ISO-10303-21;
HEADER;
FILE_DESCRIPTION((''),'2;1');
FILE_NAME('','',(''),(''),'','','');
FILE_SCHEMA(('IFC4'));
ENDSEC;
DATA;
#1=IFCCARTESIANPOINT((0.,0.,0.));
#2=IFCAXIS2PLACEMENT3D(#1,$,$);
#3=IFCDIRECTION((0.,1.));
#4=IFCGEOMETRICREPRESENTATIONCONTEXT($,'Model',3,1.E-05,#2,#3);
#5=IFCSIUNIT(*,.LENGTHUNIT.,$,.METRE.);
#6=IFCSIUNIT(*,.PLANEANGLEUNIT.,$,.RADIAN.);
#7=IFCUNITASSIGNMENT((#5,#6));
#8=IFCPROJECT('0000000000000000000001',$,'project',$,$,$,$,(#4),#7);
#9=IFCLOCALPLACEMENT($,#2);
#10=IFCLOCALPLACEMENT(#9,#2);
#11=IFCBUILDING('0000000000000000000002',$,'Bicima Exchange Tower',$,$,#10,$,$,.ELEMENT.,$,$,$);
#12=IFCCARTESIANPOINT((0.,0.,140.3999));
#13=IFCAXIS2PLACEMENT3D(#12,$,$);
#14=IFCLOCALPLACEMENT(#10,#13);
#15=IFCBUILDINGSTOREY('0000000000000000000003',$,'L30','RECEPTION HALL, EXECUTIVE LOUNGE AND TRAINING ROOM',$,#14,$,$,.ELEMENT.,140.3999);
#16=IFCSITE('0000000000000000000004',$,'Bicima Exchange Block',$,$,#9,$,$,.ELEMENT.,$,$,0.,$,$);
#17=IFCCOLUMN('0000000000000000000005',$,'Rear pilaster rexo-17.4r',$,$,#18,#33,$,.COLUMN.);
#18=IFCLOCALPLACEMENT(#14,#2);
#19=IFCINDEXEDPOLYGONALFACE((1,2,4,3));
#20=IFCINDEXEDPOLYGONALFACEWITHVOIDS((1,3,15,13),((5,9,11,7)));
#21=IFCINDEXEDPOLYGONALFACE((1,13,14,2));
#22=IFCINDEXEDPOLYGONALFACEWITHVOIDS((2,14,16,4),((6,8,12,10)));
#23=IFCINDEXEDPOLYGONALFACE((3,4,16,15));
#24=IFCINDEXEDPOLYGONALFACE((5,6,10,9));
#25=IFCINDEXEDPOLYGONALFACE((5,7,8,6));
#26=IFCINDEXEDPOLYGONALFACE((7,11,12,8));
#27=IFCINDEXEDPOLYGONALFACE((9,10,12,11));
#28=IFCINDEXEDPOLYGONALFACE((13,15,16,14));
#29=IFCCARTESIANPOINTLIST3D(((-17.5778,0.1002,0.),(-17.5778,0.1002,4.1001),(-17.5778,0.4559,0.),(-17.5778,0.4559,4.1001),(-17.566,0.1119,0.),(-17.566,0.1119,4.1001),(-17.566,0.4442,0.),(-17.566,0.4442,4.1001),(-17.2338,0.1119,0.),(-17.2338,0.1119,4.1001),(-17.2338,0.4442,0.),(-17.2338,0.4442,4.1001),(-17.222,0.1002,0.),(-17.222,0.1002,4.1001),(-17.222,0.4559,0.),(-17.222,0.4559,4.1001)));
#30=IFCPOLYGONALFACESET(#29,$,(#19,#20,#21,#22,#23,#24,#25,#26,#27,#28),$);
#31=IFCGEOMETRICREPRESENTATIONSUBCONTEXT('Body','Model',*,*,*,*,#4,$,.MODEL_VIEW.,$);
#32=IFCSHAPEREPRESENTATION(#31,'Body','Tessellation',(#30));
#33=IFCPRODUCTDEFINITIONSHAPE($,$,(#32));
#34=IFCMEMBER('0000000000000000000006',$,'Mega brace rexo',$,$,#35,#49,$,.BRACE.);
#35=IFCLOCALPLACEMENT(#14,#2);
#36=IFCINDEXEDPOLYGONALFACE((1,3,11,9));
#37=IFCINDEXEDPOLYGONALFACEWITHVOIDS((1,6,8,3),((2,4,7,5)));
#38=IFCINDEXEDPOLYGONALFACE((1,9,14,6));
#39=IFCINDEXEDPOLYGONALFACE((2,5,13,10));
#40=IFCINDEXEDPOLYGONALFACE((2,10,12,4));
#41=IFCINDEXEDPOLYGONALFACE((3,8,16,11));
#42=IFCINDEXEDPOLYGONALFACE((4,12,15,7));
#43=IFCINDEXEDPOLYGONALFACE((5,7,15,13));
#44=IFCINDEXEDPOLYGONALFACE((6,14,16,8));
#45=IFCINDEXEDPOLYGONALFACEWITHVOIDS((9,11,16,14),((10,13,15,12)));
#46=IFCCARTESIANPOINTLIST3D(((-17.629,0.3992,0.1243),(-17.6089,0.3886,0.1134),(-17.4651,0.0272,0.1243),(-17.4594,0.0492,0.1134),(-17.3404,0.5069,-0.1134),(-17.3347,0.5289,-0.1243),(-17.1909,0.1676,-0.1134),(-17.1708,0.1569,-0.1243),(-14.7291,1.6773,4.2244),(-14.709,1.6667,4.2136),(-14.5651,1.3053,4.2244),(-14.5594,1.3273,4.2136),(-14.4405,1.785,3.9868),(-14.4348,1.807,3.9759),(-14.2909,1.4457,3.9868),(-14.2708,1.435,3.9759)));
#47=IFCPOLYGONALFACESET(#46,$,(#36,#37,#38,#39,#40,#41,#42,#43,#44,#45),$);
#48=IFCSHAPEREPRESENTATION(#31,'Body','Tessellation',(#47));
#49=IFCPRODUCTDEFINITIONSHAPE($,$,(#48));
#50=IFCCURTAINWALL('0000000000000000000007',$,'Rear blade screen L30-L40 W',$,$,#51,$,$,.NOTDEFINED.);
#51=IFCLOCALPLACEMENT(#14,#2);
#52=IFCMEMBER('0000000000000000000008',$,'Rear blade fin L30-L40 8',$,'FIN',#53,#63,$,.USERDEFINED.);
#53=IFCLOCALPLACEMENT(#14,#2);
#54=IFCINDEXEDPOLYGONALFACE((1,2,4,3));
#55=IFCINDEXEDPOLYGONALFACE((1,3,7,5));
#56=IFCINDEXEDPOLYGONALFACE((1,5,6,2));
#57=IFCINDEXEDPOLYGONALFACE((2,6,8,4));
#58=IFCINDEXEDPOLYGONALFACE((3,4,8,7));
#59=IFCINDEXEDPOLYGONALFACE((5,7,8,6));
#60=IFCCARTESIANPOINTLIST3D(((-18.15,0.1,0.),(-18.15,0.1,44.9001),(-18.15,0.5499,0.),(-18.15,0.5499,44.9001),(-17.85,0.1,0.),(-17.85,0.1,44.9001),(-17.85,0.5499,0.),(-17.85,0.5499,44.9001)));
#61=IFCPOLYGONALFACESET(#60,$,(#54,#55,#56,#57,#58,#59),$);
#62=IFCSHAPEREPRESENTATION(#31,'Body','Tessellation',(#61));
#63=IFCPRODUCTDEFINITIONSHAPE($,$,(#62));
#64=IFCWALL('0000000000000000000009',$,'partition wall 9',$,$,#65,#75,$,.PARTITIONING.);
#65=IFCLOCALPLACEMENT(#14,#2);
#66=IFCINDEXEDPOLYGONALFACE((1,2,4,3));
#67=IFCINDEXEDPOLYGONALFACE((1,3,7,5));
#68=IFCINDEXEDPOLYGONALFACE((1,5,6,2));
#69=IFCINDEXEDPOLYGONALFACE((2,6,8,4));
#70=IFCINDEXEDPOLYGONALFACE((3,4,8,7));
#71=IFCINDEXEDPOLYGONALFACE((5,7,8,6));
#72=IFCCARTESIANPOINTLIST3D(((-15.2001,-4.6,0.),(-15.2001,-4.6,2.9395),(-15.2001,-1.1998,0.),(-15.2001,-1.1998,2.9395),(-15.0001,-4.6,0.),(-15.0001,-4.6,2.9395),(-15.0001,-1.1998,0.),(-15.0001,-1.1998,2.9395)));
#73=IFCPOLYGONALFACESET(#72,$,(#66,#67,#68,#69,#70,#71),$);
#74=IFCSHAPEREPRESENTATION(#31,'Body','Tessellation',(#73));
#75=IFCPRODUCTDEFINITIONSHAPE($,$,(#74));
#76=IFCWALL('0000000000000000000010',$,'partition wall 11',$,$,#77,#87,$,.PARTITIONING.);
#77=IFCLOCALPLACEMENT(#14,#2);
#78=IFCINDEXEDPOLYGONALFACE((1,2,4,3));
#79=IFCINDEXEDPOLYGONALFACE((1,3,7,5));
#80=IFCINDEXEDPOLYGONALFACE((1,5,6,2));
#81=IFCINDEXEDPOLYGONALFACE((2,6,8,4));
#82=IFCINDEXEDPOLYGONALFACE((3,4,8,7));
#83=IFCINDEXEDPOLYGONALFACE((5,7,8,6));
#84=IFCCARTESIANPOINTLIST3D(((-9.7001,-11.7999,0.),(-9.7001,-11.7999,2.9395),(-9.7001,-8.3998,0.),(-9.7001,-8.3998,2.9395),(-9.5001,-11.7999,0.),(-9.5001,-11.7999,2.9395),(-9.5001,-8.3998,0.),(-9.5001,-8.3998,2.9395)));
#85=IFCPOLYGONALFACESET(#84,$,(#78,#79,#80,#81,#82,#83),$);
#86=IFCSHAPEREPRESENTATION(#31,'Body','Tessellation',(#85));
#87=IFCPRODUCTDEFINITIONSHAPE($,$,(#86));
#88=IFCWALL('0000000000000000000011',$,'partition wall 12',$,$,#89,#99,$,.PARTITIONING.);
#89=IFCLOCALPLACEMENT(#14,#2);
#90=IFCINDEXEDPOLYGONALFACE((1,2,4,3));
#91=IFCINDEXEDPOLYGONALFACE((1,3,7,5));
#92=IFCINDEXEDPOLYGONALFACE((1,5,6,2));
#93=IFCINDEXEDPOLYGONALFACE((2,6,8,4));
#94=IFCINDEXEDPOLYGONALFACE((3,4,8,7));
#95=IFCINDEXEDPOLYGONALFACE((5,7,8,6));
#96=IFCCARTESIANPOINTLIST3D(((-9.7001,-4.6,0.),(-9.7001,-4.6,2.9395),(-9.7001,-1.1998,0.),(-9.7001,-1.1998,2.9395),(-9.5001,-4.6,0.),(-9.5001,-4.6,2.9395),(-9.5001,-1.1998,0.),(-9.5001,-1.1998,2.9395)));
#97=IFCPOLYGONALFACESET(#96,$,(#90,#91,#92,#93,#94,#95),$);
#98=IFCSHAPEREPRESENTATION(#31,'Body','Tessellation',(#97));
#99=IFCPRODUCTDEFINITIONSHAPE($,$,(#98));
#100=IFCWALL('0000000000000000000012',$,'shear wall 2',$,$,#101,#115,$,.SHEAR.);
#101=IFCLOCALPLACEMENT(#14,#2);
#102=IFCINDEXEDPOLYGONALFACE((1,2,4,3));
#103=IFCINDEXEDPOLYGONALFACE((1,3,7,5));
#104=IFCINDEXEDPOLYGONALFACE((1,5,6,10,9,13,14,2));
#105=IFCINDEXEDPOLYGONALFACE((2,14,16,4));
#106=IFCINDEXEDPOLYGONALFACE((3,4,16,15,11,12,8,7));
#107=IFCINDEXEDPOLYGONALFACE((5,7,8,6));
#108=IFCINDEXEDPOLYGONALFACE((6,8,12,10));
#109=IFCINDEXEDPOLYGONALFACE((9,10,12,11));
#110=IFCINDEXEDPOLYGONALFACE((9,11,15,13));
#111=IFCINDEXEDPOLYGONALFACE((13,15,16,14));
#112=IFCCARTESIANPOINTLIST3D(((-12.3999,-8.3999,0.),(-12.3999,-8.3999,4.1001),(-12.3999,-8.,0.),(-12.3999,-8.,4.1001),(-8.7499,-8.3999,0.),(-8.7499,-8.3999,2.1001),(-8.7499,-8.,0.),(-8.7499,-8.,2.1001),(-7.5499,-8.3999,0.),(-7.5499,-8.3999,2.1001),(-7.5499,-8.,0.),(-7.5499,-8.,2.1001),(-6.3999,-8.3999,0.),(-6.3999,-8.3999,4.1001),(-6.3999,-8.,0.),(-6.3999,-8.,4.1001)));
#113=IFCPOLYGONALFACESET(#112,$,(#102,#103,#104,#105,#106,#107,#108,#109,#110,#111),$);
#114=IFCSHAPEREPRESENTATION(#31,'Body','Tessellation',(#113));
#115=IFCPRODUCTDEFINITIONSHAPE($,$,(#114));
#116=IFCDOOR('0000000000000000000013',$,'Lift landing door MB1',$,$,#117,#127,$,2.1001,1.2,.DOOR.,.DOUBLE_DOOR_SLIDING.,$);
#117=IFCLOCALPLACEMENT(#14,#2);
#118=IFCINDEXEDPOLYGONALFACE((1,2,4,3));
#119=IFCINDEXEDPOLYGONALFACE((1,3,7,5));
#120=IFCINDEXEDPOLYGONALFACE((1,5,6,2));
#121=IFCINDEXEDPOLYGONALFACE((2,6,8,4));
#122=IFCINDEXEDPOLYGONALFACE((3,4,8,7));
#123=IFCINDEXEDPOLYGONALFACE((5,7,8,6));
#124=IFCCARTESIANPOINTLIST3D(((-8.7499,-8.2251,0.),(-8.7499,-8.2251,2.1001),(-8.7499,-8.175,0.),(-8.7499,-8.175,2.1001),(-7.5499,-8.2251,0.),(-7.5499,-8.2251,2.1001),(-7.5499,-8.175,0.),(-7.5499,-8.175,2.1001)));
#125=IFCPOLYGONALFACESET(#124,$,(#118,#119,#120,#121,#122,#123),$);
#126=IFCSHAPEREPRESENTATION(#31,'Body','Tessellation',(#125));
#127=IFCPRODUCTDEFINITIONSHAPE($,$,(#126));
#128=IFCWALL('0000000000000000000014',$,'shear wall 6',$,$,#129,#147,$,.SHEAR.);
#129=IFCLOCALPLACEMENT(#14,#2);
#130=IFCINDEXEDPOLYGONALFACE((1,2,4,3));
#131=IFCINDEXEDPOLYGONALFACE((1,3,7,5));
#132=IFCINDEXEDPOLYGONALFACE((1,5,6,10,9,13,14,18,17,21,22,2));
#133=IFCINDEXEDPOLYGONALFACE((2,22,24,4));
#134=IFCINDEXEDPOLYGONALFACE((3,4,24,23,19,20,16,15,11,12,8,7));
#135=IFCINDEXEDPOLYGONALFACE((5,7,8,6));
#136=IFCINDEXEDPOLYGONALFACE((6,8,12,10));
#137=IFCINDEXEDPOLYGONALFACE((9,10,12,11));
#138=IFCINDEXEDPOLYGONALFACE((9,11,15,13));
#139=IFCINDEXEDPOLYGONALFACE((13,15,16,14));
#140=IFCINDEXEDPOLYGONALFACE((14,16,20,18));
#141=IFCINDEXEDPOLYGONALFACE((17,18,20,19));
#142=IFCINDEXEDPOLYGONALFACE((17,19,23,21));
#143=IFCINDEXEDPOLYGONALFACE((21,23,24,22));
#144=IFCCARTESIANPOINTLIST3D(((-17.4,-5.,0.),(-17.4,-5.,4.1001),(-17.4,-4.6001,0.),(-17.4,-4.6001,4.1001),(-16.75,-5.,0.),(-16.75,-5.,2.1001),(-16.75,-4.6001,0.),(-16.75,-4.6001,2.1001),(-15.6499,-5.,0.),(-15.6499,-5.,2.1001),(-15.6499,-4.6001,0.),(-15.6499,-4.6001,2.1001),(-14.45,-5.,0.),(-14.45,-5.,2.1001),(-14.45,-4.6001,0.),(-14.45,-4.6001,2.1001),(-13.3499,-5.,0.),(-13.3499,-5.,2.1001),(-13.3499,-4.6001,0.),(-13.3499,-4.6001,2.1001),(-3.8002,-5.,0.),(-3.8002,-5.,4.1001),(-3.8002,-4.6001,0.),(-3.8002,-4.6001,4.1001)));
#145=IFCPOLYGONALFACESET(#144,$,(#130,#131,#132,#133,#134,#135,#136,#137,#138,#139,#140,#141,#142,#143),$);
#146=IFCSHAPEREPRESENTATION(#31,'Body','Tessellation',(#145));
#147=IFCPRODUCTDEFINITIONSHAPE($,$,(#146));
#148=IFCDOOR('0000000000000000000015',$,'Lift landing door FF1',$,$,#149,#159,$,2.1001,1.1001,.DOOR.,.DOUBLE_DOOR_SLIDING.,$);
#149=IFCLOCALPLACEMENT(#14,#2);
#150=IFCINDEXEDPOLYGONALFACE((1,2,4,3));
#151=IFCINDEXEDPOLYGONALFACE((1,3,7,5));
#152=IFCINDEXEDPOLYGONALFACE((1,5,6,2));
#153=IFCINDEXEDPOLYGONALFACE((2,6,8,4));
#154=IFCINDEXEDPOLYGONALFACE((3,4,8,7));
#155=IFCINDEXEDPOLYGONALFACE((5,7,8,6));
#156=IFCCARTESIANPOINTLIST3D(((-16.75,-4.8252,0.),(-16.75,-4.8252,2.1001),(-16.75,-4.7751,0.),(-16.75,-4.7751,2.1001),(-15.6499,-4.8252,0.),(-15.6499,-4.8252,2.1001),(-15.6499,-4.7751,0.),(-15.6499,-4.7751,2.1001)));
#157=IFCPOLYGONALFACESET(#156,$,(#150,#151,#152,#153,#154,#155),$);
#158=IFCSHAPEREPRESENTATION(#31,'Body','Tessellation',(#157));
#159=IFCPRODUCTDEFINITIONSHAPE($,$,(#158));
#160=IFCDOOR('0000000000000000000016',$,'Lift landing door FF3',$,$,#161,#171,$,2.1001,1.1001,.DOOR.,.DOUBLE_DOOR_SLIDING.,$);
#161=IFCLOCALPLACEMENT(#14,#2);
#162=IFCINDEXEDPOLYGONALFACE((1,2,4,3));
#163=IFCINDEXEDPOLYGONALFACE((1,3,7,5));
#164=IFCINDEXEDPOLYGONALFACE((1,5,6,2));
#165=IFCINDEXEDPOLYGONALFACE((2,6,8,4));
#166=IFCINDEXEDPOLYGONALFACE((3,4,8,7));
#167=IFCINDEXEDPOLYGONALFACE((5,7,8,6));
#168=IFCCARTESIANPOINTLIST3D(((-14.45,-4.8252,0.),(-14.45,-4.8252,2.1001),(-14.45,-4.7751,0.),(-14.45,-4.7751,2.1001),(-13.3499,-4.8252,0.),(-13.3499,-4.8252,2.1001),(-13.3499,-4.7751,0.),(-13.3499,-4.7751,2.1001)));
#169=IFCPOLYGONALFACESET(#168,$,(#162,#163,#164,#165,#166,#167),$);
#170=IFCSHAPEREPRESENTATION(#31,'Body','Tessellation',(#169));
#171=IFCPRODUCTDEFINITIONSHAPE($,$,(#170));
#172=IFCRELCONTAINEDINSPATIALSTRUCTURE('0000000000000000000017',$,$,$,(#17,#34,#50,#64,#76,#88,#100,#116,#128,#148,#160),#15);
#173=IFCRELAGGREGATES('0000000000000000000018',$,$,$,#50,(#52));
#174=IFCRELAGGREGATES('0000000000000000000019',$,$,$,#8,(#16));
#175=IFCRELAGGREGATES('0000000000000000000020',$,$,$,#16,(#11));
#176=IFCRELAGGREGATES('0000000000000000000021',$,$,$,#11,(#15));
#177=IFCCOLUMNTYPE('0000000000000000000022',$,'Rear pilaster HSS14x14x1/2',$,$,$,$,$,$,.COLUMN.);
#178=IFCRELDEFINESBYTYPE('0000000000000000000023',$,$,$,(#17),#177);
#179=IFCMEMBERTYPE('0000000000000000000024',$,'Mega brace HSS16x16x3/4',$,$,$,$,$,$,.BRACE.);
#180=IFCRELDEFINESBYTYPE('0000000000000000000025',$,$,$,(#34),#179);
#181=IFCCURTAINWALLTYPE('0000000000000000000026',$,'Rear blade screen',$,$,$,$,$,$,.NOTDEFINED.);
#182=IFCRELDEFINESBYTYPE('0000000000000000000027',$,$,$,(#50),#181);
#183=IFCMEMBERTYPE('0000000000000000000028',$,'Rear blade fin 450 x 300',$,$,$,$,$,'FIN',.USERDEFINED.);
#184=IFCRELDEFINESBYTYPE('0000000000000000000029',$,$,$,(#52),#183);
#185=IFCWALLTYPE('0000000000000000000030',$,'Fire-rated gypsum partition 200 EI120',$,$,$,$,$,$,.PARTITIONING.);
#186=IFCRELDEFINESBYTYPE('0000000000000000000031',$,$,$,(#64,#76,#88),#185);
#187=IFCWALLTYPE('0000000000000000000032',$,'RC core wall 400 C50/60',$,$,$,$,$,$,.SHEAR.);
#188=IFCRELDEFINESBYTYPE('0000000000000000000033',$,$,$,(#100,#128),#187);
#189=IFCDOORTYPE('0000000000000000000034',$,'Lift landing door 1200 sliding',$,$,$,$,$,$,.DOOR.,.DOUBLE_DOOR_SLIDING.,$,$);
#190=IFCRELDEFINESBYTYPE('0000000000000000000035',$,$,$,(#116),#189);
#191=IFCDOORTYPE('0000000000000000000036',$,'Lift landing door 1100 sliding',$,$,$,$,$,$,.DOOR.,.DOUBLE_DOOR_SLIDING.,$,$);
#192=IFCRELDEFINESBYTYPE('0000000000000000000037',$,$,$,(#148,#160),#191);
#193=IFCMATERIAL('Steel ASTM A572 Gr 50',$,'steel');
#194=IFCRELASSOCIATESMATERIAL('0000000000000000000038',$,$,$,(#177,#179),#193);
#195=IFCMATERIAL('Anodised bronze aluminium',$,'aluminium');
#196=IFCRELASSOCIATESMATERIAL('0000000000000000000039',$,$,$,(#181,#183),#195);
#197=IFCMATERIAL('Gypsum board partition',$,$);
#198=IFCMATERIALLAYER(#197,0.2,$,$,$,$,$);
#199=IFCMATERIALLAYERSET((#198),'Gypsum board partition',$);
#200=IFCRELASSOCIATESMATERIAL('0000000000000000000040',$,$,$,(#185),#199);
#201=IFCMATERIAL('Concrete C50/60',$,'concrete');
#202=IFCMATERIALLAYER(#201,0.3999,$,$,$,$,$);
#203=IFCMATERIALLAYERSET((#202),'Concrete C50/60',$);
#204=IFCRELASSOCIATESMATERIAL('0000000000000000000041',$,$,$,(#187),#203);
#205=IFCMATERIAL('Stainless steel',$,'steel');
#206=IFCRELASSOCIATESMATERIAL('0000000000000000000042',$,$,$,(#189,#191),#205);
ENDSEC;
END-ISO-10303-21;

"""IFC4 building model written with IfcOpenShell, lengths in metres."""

from ifc_helpers import new_model, si_unit, direction, frame, frame_2d, origin, origin_2d, place, context, subcontext, project, spatial, rectangle, hollow_rectangle, extrude, material, layer, layer_set, material_profile, profile_set, type_object, element, fill, aggregate, save


model = new_model("IFC4")

# Units and contexts
model_context = context("Model", 3, precision=1e-05, world=origin(), true_north=direction((0.0, 1.0)))
body_context = subcontext(model_context, "Body", "Model", "MODEL_VIEW")
ifc_project = project(units=[si_unit("LENGTHUNIT", "METRE"), si_unit("PLANEANGLEUNIT", "RADIAN")], contexts=[model_context])

# Site, building, storey
site_placement = place(None, origin())
site = spatial("IfcSite", under=ifc_project, at=site_placement, Name="Bicima Exchange Block", CompositionType="ELEMENT", RefElevation=0.0)
building_placement = place(site_placement, origin())
building = spatial("IfcBuilding", under=site, at=building_placement, Name="Bicima Exchange Tower", CompositionType="ELEMENT")
storey_placement = place(building_placement, frame((0.0, 0.0, 140.3999)))
storey = spatial("IfcBuildingStorey", under=building, at=storey_placement, Name="L30", Description="RECEPTION HALL, EXECUTIVE LOUNGE AND TRAINING ROOM", CompositionType="ELEMENT", Elevation=140.3999)

# Column
ifc_material_1 = material(Name="Steel ASTM A572 Gr 50", Category="steel")
ifc_material_profile_1 = material_profile(ifc_material_1, hollow_rectangle(XDim=0.3557, YDim=0.3557, WallThickness=0.0117, at=origin_2d()))
ifc_profile_set_1 = profile_set([ifc_material_profile_1], Name="Steel ASTM A572 Gr 50")
column_type = type_object("IfcColumnType", Name="Rear pilaster HSS14x14x1/2", PredefinedType="COLUMN", material=ifc_profile_set_1)
column_placement = place(storey_placement, frame((-17.3999, 0.2781, 0.0), z_axis=(0.0, 0.0, 1.0), x_axis=(1.0, 0.0, 0.0)))
element("IfcColumn", 1, at=column_placement, inside=storey, type_object=column_type, Name="Rear pilaster rexo-17.4r", PredefinedType="COLUMN", context=body_context, shape_type="SweptSolid", body=[
    extrude(hollow_rectangle(XDim=0.3557, YDim=0.3557, WallThickness=0.0117, at=origin_2d()), origin(), (0.0, 0.0, 1.0), 4.1001),
])

# Member
ifc_material_profile_2 = material_profile(ifc_material_1, hollow_rectangle(XDim=0.4065, YDim=0.4065, WallThickness=0.0178, at=origin_2d()))
ifc_profile_set_2 = profile_set([ifc_material_profile_2], Name="Steel ASTM A572 Gr 50")
member_type_1 = type_object("IfcMemberType", Name="Mega brace HSS16x16x3/4", PredefinedType="BRACE", material=ifc_profile_set_2)
member_1_placement = place(storey_placement, frame((-17.3999, 0.2781, 0.0), z_axis=(0.559605, 0.246635, 0.79121), x_axis=(-0.403299, 0.915068, 0.0)))
element("IfcMember", 2, at=member_1_placement, inside=storey, type_object=member_type_1, Name="Mega brace rexo", PredefinedType="BRACE", context=body_context, shape_type="SweptSolid", body=[
    extrude(hollow_rectangle(XDim=0.4065, YDim=0.4065, WallThickness=0.0178, at=origin_2d()), origin(), (0.0, 0.0, 1.0), 5.1821),
])

# Curtain wall, member
ifc_material_2 = material(Name="Anodised bronze aluminium", Category="aluminium")
curtain_wall_type = type_object("IfcCurtainWallType", Name="Rear blade screen", PredefinedType="NOTDEFINED", material=ifc_material_2)
curtain_wall_placement = place(storey_placement, origin())
curtain_wall = element("IfcCurtainWall", 3, at=curtain_wall_placement, inside=storey, type_object=curtain_wall_type, Name="Rear blade screen L30-L40 W", PredefinedType="NOTDEFINED")
ifc_material_profile_3 = material_profile(ifc_material_2, rectangle(XDim=0.45, YDim=0.3, at=origin_2d()))
ifc_profile_set_3 = profile_set([ifc_material_profile_3], Name="Anodised bronze aluminium")
member_type_2 = type_object("IfcMemberType", Name="Rear blade fin 450 x 300", ElementType="FIN", PredefinedType="USERDEFINED", material=ifc_profile_set_3)
member_2_placement = place(storey_placement, frame((-18.0, 0.325, 0.0), z_axis=(0.0, 0.0, 1.0), x_axis=(0.0, 1.0, 0.0)))
member_2 = element("IfcMember", 4, at=member_2_placement, type_object=member_type_2, Name="Rear blade fin L30-L40 8", ObjectType="FIN", PredefinedType="USERDEFINED", context=body_context, shape_type="SweptSolid", body=[
    extrude(rectangle(XDim=0.45, YDim=0.3, at=origin_2d()), origin(), (0.0, 0.0, 1.0), 44.9001),
])
aggregate(curtain_wall, [member_2])

# Walls
ifc_material_3 = material(Name="Gypsum board partition")
ifc_layer_1 = layer(ifc_material_3, 0.2)
ifc_layer_set_1 = layer_set([ifc_layer_1], Name="Gypsum board partition")
wall_type_1 = type_object("IfcWallType", Name="Fire-rated gypsum partition 200 EI120", PredefinedType="PARTITIONING", material=ifc_layer_set_1)
for number, where, z_axis, x_axis, name in (
    (5, (-15.1001, -4.6001, 0.0), (0.0, 0.0, 1.0), (0.0, 1.0, 0.0), "partition wall 9"),
    (6, (-9.6001, -11.8, 0.0), (0.0, 0.0, 1.0), (0.0, 1.0, 0.0), "partition wall 11"),
    (7, (-9.6001, -4.6001, 0.0), (0.0, 0.0, 1.0), (0.0, 1.0, 0.0), "partition wall 12"),
):
    element("IfcWall", number, at=place(storey_placement, frame(where, z_axis=z_axis, x_axis=x_axis)), inside=storey, type_object=wall_type_1, Name=name, PredefinedType="PARTITIONING", context=body_context, shape_type="SweptSolid", body=[
        extrude(rectangle(XDim=3.4001, YDim=0.2, at=frame_2d((1.7002, 0.0))), origin(), (0.0, 0.0, 1.0), 2.9395),
    ])

# Wall, opening, door
ifc_material_4 = material(Name="Concrete C50/60", Category="concrete")
ifc_layer_2 = layer(ifc_material_4, 0.3999)
ifc_layer_set_2 = layer_set([ifc_layer_2], Name="Concrete C50/60")
wall_type_2 = type_object("IfcWallType", Name="RC core wall 400 C50/60", PredefinedType="SHEAR", material=ifc_layer_set_2)
wall_1_placement = place(storey_placement, frame((-12.3999, -8.2, 0.0), z_axis=(0.0, 0.0, 1.0), x_axis=(1.0, 0.0, 0.0)))
wall_1 = element("IfcWall", 8, at=wall_1_placement, inside=storey, type_object=wall_type_2, Name="shear wall 2", PredefinedType="SHEAR", context=body_context, shape_type="SweptSolid", body=[
    extrude(rectangle(XDim=6.0, YDim=0.3999, at=frame_2d((3.0, 0.0))), origin(), (0.0, 0.0, 1.0), 4.1001),
])
opening_1_placement = place(wall_1_placement, frame((3.6499, 0.0, 0.0)))
opening_1 = element("IfcOpeningElement", 9, at=opening_1_placement, cuts=wall_1, PredefinedType="OPENING", context=body_context, shape_type="SweptSolid", body=[
    extrude(rectangle(XDim=1.2, YDim=2.1001, at=frame_2d((0.6001, 1.05))), frame((0.0, 0.2119, 0.0), z_axis=(0.0, -1.0, 0.0), x_axis=(1.0, 0.0, 0.0)), (0.0, 0.0, 1.0), 0.4238),
])
ifc_material_5 = material(Name="Stainless steel", Category="steel")
door_type_1 = type_object("IfcDoorType", Name="Lift landing door 1200 sliding", OperationType="DOUBLE_DOOR_SLIDING", PredefinedType="DOOR", material=ifc_material_5)
door_1_placement = place(opening_1_placement, origin())
door_1 = element("IfcDoor", 10, at=door_1_placement, inside=storey, type_object=door_type_1, Name="Lift landing door MB1", OperationType="DOUBLE_DOOR_SLIDING", OverallHeight=2.1001, OverallWidth=1.2, PredefinedType="DOOR", context=body_context, shape_type="SweptSolid", body=[
    extrude(rectangle(XDim=1.2, YDim=2.1001, at=frame_2d((0.6001, 1.05))), frame((0.0, 0.0249, 0.0), z_axis=(0.0, -1.0, 0.0), x_axis=(1.0, 0.0, 0.0)), (0.0, 0.0, 1.0), 0.05),
])
fill(opening_1, door_1)

# Wall, openings, doors
wall_2_placement = place(storey_placement, frame((-17.3999, -4.8, 0.0), z_axis=(0.0, 0.0, 1.0), x_axis=(1.0, 0.0, 0.0)))
wall_2 = element("IfcWall", 11, at=wall_2_placement, inside=storey, type_object=wall_type_2, Name="shear wall 6", PredefinedType="SHEAR", context=body_context, shape_type="SweptSolid", body=[
    extrude(rectangle(XDim=13.5999, YDim=0.3999, at=frame_2d((6.7998, 0.0))), origin(), (0.0, 0.0, 1.0), 4.1001),
])
opening_2_placement = place(wall_2_placement, frame((0.6499, 0.0, 0.0)))
opening_2 = element("IfcOpeningElement", 12, at=opening_2_placement, cuts=wall_2, PredefinedType="OPENING", context=body_context, shape_type="SweptSolid", body=[
    extrude(rectangle(XDim=1.1001, YDim=2.1001, at=frame_2d((0.55, 1.05))), frame((0.0, 0.2119, 0.0), z_axis=(0.0, -1.0, 0.0), x_axis=(1.0, 0.0, 0.0)), (0.0, 0.0, 1.0), 0.4238),
])
opening_3_placement = place(wall_2_placement, frame((2.95, 0.0, 0.0)))
opening_3 = element("IfcOpeningElement", 13, at=opening_3_placement, cuts=wall_2, PredefinedType="OPENING", context=body_context, shape_type="SweptSolid", body=[
    extrude(rectangle(XDim=1.1001, YDim=2.1001, at=frame_2d((0.55, 1.05))), frame((0.0, 0.2119, 0.0), z_axis=(0.0, -1.0, 0.0), x_axis=(1.0, 0.0, 0.0)), (0.0, 0.0, 1.0), 0.4238),
])
door_type_2 = type_object("IfcDoorType", Name="Lift landing door 1100 sliding", OperationType="DOUBLE_DOOR_SLIDING", PredefinedType="DOOR", material=ifc_material_5)
door_2_placement = place(opening_2_placement, origin())
door_2 = element("IfcDoor", 14, at=door_2_placement, inside=storey, type_object=door_type_2, Name="Lift landing door FF1", OperationType="DOUBLE_DOOR_SLIDING", OverallHeight=2.1001, OverallWidth=1.1001, PredefinedType="DOOR", context=body_context, shape_type="SweptSolid", body=[
    extrude(rectangle(XDim=1.1001, YDim=2.1001, at=frame_2d((0.55, 1.05))), frame((0.0, 0.0249, 0.0), z_axis=(0.0, -1.0, 0.0), x_axis=(1.0, 0.0, 0.0)), (0.0, 0.0, 1.0), 0.05),
])
fill(opening_2, door_2)
door_3_placement = place(opening_3_placement, origin())
door_3 = element("IfcDoor", 15, at=door_3_placement, inside=storey, type_object=door_type_2, Name="Lift landing door FF3", OperationType="DOUBLE_DOOR_SLIDING", OverallHeight=2.1001, OverallWidth=1.1001, PredefinedType="DOOR", context=body_context, shape_type="SweptSolid", body=[
    extrude(rectangle(XDim=1.1001, YDim=2.1001, at=frame_2d((0.55, 1.05))), frame((0.0, 0.0249, 0.0), z_axis=(0.0, -1.0, 0.0), x_axis=(1.0, 0.0, 0.0)), (0.0, 0.0, 1.0), 0.05),
])
fill(opening_3, door_3)

save(model, "model.ifc")
